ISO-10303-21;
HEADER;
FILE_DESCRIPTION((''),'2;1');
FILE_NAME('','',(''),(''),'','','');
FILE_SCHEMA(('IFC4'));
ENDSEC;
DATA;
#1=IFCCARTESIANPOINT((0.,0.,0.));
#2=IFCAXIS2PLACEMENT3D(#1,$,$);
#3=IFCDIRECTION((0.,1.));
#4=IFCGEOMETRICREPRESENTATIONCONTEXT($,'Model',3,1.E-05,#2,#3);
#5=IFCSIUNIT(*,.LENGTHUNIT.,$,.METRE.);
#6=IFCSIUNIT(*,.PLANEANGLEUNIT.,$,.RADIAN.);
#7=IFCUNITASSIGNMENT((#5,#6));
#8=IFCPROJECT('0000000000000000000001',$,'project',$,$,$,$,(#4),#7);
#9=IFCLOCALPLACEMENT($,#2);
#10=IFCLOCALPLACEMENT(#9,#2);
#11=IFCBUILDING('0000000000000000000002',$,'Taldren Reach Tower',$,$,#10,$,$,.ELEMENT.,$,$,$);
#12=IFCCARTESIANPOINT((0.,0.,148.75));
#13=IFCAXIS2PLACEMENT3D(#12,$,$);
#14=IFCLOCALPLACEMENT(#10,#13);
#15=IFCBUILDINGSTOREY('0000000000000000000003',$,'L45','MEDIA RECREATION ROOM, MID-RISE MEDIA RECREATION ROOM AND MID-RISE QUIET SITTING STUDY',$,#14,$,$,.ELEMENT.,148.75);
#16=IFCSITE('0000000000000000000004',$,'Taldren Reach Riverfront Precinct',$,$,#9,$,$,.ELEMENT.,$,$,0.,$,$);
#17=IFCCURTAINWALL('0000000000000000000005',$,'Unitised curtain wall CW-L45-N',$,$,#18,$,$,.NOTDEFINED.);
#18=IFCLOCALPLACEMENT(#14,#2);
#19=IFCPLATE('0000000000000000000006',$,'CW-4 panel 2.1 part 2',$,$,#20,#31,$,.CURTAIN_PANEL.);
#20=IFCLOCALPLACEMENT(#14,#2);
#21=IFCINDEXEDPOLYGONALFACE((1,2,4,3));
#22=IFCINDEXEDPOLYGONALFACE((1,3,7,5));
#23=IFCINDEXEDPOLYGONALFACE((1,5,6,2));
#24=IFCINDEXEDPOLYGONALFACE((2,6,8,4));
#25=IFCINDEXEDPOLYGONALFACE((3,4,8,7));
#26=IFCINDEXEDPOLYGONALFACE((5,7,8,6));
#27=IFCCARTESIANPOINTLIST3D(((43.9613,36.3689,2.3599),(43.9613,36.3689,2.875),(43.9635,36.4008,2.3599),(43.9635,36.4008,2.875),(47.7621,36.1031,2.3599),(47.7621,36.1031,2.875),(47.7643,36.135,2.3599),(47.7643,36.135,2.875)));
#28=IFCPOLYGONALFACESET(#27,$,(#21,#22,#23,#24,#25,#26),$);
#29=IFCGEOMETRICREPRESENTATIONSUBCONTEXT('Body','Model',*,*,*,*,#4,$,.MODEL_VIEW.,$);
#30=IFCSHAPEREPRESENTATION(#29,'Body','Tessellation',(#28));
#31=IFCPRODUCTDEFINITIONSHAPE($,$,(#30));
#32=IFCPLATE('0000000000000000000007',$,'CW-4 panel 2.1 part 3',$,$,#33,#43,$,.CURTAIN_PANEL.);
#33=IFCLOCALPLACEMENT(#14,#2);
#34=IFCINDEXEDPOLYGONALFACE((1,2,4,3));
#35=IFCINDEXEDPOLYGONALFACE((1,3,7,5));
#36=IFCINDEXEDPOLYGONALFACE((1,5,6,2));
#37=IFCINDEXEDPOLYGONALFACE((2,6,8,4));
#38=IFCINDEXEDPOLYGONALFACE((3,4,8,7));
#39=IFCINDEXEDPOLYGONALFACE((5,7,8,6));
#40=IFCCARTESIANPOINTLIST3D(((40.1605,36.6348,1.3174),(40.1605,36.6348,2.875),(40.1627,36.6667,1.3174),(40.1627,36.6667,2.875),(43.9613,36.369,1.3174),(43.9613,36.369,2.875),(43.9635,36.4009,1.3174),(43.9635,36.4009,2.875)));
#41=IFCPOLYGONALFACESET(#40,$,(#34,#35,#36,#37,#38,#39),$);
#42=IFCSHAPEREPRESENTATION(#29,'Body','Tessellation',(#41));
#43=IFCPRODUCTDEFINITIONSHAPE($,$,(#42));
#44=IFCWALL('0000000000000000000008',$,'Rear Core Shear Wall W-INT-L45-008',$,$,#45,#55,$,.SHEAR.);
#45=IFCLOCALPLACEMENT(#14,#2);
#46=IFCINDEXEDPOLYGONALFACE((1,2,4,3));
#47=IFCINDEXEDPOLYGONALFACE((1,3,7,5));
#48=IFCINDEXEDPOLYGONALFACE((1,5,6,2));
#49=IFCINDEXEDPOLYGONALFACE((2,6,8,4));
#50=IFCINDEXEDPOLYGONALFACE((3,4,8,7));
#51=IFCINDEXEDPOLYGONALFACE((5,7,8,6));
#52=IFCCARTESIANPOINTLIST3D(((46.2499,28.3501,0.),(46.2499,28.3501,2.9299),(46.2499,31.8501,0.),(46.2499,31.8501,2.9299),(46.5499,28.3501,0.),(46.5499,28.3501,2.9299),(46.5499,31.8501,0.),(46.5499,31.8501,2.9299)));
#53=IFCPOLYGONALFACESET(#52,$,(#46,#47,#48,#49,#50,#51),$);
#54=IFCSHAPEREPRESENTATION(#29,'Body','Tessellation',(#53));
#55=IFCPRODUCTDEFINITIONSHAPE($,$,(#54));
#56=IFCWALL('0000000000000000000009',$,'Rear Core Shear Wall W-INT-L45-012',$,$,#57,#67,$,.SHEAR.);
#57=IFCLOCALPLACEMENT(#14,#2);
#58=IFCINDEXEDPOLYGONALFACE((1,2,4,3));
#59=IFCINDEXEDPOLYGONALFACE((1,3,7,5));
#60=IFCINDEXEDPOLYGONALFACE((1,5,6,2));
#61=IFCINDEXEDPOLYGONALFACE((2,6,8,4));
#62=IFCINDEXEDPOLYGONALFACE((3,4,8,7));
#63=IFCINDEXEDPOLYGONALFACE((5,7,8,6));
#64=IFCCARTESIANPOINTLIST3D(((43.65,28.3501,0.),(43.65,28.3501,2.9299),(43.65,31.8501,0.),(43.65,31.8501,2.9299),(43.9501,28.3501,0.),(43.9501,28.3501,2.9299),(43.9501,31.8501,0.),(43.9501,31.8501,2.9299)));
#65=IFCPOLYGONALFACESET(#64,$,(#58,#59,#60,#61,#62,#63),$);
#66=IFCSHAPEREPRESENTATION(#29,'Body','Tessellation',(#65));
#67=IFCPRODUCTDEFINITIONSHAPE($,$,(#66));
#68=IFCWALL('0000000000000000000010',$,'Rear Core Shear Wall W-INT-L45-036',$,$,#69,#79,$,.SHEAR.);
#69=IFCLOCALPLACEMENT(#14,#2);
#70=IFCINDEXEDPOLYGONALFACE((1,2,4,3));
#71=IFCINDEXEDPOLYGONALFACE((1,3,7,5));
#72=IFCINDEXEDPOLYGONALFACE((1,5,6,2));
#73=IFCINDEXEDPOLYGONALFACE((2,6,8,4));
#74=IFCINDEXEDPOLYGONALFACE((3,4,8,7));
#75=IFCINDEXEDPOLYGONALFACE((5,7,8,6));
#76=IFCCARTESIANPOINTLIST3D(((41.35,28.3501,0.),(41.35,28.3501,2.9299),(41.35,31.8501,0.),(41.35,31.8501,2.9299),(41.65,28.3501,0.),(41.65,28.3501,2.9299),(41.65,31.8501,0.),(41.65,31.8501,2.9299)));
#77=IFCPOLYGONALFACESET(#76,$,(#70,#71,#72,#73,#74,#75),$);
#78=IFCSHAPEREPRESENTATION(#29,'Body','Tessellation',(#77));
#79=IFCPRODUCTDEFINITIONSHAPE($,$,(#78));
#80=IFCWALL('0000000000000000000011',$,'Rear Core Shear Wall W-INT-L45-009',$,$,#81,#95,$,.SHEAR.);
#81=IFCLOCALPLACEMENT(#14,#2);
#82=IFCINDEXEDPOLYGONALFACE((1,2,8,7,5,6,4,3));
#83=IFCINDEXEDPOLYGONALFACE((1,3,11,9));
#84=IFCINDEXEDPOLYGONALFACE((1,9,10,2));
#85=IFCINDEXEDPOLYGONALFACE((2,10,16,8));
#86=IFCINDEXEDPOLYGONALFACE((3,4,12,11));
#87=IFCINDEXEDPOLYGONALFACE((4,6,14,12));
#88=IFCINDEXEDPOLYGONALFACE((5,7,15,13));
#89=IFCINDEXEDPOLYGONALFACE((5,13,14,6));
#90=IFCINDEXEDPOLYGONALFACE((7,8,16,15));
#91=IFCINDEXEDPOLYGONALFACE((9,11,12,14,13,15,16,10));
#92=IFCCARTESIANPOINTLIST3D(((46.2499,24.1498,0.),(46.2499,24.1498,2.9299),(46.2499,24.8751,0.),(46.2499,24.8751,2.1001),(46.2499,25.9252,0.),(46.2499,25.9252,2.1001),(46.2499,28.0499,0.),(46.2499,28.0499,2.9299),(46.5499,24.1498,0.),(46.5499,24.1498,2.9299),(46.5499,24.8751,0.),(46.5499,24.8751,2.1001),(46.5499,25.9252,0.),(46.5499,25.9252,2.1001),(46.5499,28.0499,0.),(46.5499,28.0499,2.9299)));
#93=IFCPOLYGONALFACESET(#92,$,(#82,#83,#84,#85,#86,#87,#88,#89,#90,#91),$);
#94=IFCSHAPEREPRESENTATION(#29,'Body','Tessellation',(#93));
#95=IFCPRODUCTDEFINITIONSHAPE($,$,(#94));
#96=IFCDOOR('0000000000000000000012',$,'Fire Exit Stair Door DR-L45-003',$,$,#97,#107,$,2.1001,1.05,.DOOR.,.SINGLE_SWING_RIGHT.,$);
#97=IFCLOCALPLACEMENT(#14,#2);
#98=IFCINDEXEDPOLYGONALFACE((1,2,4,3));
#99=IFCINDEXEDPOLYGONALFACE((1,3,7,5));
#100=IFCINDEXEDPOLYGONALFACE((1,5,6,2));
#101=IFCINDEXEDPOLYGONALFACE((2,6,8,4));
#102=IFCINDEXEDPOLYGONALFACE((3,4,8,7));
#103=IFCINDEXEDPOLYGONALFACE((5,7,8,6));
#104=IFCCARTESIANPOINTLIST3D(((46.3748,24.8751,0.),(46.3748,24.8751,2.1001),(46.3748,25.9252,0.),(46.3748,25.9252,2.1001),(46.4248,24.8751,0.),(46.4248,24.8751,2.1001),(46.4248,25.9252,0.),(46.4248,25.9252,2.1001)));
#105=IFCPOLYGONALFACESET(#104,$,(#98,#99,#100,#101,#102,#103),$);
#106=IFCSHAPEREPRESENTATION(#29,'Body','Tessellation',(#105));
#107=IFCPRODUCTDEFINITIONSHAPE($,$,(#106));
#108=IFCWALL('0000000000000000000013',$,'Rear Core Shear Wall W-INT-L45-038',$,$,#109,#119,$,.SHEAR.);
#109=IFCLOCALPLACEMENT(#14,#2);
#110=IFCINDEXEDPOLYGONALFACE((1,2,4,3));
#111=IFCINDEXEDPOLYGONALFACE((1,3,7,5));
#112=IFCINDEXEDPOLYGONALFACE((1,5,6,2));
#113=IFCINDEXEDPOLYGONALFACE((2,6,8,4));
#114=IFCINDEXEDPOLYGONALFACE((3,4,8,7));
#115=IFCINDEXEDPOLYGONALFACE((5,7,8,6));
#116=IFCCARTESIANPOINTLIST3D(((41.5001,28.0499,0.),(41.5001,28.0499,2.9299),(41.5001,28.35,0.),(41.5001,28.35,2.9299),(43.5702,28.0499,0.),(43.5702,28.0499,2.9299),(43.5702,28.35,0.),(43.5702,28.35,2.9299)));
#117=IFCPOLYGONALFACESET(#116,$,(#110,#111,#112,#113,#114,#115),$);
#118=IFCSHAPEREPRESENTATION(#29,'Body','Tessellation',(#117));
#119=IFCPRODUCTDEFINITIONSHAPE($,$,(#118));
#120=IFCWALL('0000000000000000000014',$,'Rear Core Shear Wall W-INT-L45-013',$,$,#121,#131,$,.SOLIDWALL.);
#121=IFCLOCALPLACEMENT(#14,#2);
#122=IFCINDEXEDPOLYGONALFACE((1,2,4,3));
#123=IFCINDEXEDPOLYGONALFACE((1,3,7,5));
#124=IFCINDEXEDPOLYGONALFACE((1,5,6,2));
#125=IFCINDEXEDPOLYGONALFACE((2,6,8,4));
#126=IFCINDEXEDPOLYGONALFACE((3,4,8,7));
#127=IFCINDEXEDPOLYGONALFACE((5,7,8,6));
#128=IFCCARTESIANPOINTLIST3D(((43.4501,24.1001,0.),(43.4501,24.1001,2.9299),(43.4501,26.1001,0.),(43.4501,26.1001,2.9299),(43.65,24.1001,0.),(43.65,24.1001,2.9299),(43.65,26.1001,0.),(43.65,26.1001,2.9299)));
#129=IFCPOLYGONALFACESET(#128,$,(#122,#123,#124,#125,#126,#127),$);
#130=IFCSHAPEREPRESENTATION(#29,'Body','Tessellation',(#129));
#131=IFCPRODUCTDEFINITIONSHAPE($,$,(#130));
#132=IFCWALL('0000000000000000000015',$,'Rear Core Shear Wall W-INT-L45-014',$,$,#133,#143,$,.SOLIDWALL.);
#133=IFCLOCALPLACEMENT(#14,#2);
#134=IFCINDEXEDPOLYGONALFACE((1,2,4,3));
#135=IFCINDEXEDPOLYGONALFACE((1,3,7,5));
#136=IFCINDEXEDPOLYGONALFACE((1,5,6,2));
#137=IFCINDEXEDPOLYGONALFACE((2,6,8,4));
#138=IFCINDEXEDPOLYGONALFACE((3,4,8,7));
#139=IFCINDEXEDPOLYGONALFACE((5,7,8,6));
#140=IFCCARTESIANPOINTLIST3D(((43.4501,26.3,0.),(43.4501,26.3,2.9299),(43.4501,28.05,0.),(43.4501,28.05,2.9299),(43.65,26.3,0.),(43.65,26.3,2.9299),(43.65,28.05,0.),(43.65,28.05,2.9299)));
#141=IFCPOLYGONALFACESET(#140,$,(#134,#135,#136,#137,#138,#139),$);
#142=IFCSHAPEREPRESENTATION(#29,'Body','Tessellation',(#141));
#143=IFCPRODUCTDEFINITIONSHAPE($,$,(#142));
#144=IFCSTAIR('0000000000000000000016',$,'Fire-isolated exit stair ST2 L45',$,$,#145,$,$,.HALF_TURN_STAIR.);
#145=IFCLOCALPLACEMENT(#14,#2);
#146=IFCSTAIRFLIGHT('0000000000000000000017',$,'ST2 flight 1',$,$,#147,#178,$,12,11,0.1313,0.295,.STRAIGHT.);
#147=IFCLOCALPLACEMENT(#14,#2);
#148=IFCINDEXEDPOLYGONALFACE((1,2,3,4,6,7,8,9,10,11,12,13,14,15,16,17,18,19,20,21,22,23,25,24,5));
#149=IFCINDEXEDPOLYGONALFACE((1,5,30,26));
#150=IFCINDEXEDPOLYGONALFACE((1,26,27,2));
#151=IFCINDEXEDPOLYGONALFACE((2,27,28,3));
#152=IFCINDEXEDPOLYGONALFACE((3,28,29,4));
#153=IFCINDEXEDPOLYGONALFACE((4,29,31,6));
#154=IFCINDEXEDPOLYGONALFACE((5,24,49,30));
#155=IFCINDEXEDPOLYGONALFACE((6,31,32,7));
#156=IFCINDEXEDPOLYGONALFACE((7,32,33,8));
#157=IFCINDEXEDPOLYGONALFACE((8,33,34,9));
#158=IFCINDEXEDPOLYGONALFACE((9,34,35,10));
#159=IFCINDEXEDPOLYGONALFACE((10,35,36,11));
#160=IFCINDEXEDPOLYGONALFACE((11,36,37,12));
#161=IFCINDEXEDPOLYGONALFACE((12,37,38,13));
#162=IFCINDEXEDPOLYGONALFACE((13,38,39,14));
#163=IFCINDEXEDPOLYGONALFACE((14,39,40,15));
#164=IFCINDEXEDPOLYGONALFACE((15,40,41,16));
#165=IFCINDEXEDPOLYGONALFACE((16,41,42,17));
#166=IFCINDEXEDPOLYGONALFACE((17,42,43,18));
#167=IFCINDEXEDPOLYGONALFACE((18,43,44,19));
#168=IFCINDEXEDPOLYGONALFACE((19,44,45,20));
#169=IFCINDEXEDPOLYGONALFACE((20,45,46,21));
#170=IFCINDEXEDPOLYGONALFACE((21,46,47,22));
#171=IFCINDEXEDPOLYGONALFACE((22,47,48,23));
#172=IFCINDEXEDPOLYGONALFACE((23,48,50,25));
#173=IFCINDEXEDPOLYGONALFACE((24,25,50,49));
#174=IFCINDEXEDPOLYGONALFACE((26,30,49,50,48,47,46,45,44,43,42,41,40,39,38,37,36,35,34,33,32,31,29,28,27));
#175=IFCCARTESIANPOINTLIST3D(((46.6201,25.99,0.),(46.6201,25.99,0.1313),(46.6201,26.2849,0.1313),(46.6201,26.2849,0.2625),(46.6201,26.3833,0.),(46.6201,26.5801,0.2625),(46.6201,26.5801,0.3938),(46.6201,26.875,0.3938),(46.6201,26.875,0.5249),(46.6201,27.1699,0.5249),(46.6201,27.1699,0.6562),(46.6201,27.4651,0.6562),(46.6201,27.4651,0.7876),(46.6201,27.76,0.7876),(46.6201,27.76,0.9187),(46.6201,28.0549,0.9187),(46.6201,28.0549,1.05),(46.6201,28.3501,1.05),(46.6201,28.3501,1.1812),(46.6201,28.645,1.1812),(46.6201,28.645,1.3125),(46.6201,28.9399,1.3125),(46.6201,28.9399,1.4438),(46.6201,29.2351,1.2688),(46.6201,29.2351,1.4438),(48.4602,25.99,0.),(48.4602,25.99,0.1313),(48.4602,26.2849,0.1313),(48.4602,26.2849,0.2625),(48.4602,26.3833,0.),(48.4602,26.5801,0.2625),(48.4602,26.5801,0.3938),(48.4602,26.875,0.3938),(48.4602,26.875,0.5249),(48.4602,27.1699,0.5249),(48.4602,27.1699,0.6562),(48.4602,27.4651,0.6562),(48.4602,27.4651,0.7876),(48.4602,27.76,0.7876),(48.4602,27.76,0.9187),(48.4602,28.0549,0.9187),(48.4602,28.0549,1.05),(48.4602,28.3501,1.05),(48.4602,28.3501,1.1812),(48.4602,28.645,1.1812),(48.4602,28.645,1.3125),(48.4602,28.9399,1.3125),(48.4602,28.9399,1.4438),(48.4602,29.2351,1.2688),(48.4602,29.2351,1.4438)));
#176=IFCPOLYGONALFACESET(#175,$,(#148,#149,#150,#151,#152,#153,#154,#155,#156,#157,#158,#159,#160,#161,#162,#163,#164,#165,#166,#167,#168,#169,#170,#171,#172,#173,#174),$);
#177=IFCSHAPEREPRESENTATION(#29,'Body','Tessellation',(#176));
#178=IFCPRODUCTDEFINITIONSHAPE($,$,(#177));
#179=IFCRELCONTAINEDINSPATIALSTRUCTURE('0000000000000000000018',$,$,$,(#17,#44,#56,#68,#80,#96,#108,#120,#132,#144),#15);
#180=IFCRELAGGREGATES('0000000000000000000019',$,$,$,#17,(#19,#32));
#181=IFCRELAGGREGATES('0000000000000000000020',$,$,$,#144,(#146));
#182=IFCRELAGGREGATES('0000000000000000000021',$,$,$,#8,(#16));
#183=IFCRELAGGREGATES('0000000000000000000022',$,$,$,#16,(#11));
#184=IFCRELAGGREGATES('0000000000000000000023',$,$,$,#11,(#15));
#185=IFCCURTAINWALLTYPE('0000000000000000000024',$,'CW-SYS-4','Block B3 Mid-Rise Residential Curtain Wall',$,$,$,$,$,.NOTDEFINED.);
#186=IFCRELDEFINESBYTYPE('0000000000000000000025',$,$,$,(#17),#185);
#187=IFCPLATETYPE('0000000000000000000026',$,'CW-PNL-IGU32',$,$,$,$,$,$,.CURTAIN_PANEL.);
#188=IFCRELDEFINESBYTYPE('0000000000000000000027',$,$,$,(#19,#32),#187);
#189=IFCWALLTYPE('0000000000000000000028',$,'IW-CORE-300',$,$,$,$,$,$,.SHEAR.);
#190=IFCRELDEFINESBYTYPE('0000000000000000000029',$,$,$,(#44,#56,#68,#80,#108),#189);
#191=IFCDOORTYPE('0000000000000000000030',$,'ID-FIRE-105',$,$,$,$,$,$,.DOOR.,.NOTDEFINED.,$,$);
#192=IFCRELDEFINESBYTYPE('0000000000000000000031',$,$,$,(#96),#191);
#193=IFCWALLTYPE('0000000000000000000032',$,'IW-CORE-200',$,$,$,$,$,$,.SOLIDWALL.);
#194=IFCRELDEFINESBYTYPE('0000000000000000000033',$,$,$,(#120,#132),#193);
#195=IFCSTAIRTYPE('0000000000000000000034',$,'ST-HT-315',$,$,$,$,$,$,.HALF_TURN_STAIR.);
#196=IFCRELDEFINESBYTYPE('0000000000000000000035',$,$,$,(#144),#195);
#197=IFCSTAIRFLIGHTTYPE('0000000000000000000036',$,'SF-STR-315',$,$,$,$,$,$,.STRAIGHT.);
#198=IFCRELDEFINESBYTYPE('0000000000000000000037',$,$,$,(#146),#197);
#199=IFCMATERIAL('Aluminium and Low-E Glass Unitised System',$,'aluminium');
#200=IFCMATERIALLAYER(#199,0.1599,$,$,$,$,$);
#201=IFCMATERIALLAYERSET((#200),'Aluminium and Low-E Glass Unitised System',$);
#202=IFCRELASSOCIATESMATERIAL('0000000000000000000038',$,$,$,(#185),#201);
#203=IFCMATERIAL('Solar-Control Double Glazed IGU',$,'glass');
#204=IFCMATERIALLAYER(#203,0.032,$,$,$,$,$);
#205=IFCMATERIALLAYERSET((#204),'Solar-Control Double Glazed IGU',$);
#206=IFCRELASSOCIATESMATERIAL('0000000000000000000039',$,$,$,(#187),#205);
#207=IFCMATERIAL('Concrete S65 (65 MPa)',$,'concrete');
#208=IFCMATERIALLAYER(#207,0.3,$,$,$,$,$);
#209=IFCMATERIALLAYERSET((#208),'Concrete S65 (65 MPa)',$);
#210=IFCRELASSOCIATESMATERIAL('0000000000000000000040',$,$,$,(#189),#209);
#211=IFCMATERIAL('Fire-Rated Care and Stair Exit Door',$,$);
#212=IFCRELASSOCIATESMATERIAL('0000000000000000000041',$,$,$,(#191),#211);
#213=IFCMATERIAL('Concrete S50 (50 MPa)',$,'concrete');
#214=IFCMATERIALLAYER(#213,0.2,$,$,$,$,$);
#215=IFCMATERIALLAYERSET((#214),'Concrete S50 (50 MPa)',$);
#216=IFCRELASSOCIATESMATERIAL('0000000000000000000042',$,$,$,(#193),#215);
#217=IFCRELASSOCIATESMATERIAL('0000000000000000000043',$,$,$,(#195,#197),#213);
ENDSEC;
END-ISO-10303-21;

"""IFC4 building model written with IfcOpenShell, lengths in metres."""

from ifc_helpers import new_model, si_unit, direction, frame, frame_2d, origin, origin_2d, place, context, subcontext, project, spatial, polyline, rectangle, outline, extrude, source, transform, mapped, material, layer, layer_set, type_object, element, fill, aggregate, save


model = new_model("IFC4")

# Units and contexts
model_context = context("Model", 3, precision=1e-05, world=origin(), true_north=direction((0.0, 1.0)))
body_context = subcontext(model_context, "Body", "Model", "MODEL_VIEW")
ifc_project = project(units=[si_unit("LENGTHUNIT", "METRE"), si_unit("PLANEANGLEUNIT", "RADIAN")], contexts=[model_context])

# Site, building, storey
site_placement = place(None, origin())
site = spatial("IfcSite", under=ifc_project, at=site_placement, Name="Taldren Reach Riverfront Precinct", CompositionType="ELEMENT", RefElevation=0.0)
building_placement = place(site_placement, origin())
building = spatial("IfcBuilding", under=site, at=building_placement, Name="Taldren Reach Tower", CompositionType="ELEMENT")
storey_placement = place(building_placement, frame((0.0, 0.0, 148.75)))
storey = spatial("IfcBuildingStorey", under=building, at=storey_placement, Name="L45", Description="MEDIA RECREATION ROOM, MID-RISE MEDIA RECREATION ROOM AND MID-RISE QUIET SITTING STUDY", CompositionType="ELEMENT", Elevation=148.75)

# Curtain wall
ifc_material_1 = material(Name="Aluminium and Low-E Glass Unitised System", Category="aluminium")
ifc_layer_1 = layer(ifc_material_1, 0.1599)
ifc_layer_set_1 = layer_set([ifc_layer_1], Name="Aluminium and Low-E Glass Unitised System")
curtain_wall_type = type_object("IfcCurtainWallType", Name="CW-SYS-4", Description="Block B3 Mid-Rise Residential Curtain Wall", PredefinedType="NOTDEFINED", material=ifc_layer_set_1)
curtain_wall_placement = place(storey_placement, origin())
curtain_wall = element("IfcCurtainWall", 1, at=curtain_wall_placement, inside=storey, type_object=curtain_wall_type, Name="Unitised curtain wall CW-L45-N", PredefinedType="NOTDEFINED")

# Plates
ifc_material_2 = material(Name="Solar-Control Double Glazed IGU", Category="glass")
ifc_layer_2 = layer(ifc_material_2, 0.032)
ifc_layer_set_2 = layer_set([ifc_layer_2], Name="Solar-Control Double Glazed IGU")
plate_type_1 = type_object("IfcPlateType", Name="CW-PNL-IGU32", PredefinedType="CURTAIN_PANEL", material=ifc_layer_set_2)
shared_shape_1 = source(origin(), body_context, "Body", "SweptSolid", [
    extrude(rectangle(XDim=3.8101, YDim=0.032, at=origin_2d()), origin(), (0.0, 0.0, 1.0), 0.5151),
])
plate_1_placement = place(storey_placement, frame((45.8628, 36.252, 2.3599), z_axis=(0.0, 0.0, 1.0), x_axis=(-0.997564, 0.069757, 0.0)))
plate_1 = element("IfcPlate", 2, at=plate_1_placement, type_object=plate_type_1, Name="CW-4 panel 2.1 part 2", PredefinedType="CURTAIN_PANEL", context=body_context, shape_type="MappedRepresentation", body=[
    mapped(shared_shape_1, transform((0.0, 0.0, 0.0), scale=1.0)),
])
shared_shape_2 = source(origin(), body_context, "Body", "SweptSolid", [
    extrude(rectangle(XDim=3.8101, YDim=0.032, at=origin_2d()), origin(), (0.0, 0.0, 1.0), 1.5576),
])
plate_2_placement = place(storey_placement, frame((42.062, 36.5178, 1.3174), z_axis=(0.0, 0.0, 1.0), x_axis=(-0.997564, 0.069757, 0.0)))
plate_2 = element("IfcPlate", 3, at=plate_2_placement, type_object=plate_type_1, Name="CW-4 panel 2.1 part 3", PredefinedType="CURTAIN_PANEL", context=body_context, shape_type="MappedRepresentation", body=[
    mapped(shared_shape_2, transform((0.0, 0.0, 0.0), scale=1.0)),
])
aggregate(curtain_wall, [plate_1, plate_2])

# Walls
ifc_material_3 = material(Name="Concrete S65 (65 MPa)", Category="concrete")
ifc_layer_3 = layer(ifc_material_3, 0.3)
ifc_layer_set_3 = layer_set([ifc_layer_3], Name="Concrete S65 (65 MPa)")
wall_type_1 = type_object("IfcWallType", Name="IW-CORE-300", PredefinedType="SHEAR", material=ifc_layer_set_3)
shared_shape_3 = source(origin(), body_context, "Body", "SweptSolid", [
    extrude(rectangle(XDim=3.5, YDim=0.3, at=frame_2d((1.75, 0.0))), origin(), (0.0, 0.0, 1.0), 2.9299),
])
for number, where, z_axis, x_axis, name in (
    (4, (46.3999, 31.8501, 0.0), (0.0, 0.0, 1.0), (0.0, -1.0, 0.0), "Rear Core Shear Wall W-INT-L45-008"),
    (5, (43.8, 31.8501, 0.0), (0.0, 0.0, 1.0), (0.0, -1.0, 0.0), "Rear Core Shear Wall W-INT-L45-012"),
    (6, (41.5, 28.3501, 0.0), (0.0, 0.0, 1.0), (0.0, 1.0, 0.0), "Rear Core Shear Wall W-INT-L45-036"),
):
    element("IfcWall", number, at=place(storey_placement, frame(where, z_axis=z_axis, x_axis=x_axis)), inside=storey, type_object=wall_type_1, Name=name, PredefinedType="SHEAR", context=body_context, shape_type="MappedRepresentation", body=[
        mapped(shared_shape_3, transform((0.0, 0.0, 0.0), scale=1.0)),
    ])

# Wall, opening, door
shared_shape_4 = source(origin(), body_context, "Body", "SweptSolid", [
    extrude(rectangle(XDim=3.9001, YDim=0.3, at=frame_2d((1.9502, 0.0))), origin(), (0.0, 0.0, 1.0), 2.9299),
])
wall_1_placement = place(storey_placement, frame((46.3999, 28.05, 0.0), z_axis=(0.0, 0.0, 1.0), x_axis=(0.0, -1.0, 0.0)))
wall_1 = element("IfcWall", 7, at=wall_1_placement, inside=storey, type_object=wall_type_1, Name="Rear Core Shear Wall W-INT-L45-009", PredefinedType="SHEAR", context=body_context, shape_type="MappedRepresentation", body=[
    mapped(shared_shape_4, transform((0.0, 0.0, 0.0), scale=1.0)),
])
shared_shape_5 = source(origin(), body_context, "Body", "SweptSolid", [
    extrude(rectangle(XDim=1.05, YDim=2.1001, at=frame_2d((0.5249, 1.05))), frame((0.0, 0.1602, 0.0), z_axis=(0.0, -1.0, 0.0), x_axis=(1.0, 0.0, 0.0)), (0.0, 0.0, 1.0), 0.3201),
])
opening_1_placement = place(wall_1_placement, frame((2.125, 0.0, 0.0)))
opening_1 = element("IfcOpeningElement", 8, at=opening_1_placement, cuts=wall_1, PredefinedType="OPENING", context=body_context, shape_type="MappedRepresentation", body=[
    mapped(shared_shape_5, transform((0.0, 0.0, 0.0), scale=1.0)),
])
ifc_material_4 = material(Name="Fire-Rated Care and Stair Exit Door")
door_type_1 = type_object("IfcDoorType", Name="ID-FIRE-105", OperationType="NOTDEFINED", PredefinedType="DOOR", material=ifc_material_4)
shared_shape_6 = source(origin(), body_context, "Body", "SweptSolid", [
    extrude(rectangle(XDim=1.05, YDim=2.1001, at=frame_2d((0.5249, 1.05))), frame((0.0, 0.0249, 0.0), z_axis=(0.0, -1.0, 0.0), x_axis=(1.0, 0.0, 0.0)), (0.0, 0.0, 1.0), 0.05),
])
door_1_placement = place(opening_1_placement, origin())
door_1 = element("IfcDoor", 9, at=door_1_placement, inside=storey, type_object=door_type_1, Name="Fire Exit Stair Door DR-L45-003", OperationType="SINGLE_SWING_RIGHT", OverallHeight=2.1001, OverallWidth=1.05, PredefinedType="DOOR", context=body_context, shape_type="MappedRepresentation", body=[
    mapped(shared_shape_6, transform((0.0, 0.0, 0.0), scale=1.0)),
])
fill(opening_1, door_1)

# Walls
shared_shape_7 = source(origin(), body_context, "Body", "SweptSolid", [
    extrude(rectangle(XDim=2.0701, YDim=0.3, at=frame_2d((1.0352, 0.0))), origin(), (0.0, 0.0, 1.0), 2.9299),
])
wall_2_placement = place(storey_placement, frame((41.5, 28.2, 0.0), z_axis=(0.0, 0.0, 1.0), x_axis=(1.0, 0.0, 0.0)))
element("IfcWall", 10, at=wall_2_placement, inside=storey, type_object=wall_type_1, Name="Rear Core Shear Wall W-INT-L45-038", PredefinedType="SHEAR", context=body_context, shape_type="MappedRepresentation", body=[
    mapped(shared_shape_7, transform((0.0, 0.0, 0.0), scale=1.0)),
])
ifc_material_5 = material(Name="Concrete S50 (50 MPa)", Category="concrete")
ifc_layer_4 = layer(ifc_material_5, 0.2)
ifc_layer_set_4 = layer_set([ifc_layer_4], Name="Concrete S50 (50 MPa)")
wall_type_2 = type_object("IfcWallType", Name="IW-CORE-200", PredefinedType="SOLIDWALL", material=ifc_layer_set_4)
shared_shape_8 = source(origin(), body_context, "Body", "SweptSolid", [
    extrude(rectangle(XDim=2.0, YDim=0.2, at=frame_2d((1.0, 0.0))), origin(), (0.0, 0.0, 1.0), 2.9299),
])
wall_3_placement = place(storey_placement, frame((43.55, 26.1001, 0.0), z_axis=(0.0, 0.0, 1.0), x_axis=(0.0, -1.0, 0.0)))
element("IfcWall", 11, at=wall_3_placement, inside=storey, type_object=wall_type_2, Name="Rear Core Shear Wall W-INT-L45-013", PredefinedType="SOLIDWALL", context=body_context, shape_type="MappedRepresentation", body=[
    mapped(shared_shape_8, transform((0.0, 0.0, 0.0), scale=1.0)),
])
shared_shape_9 = source(origin(), body_context, "Body", "SweptSolid", [
    extrude(rectangle(XDim=1.75, YDim=0.2, at=frame_2d((0.875, 0.0))), origin(), (0.0, 0.0, 1.0), 2.9299),
])
wall_4_placement = place(storey_placement, frame((43.55, 28.05, 0.0), z_axis=(0.0, 0.0, 1.0), x_axis=(0.0, -1.0, 0.0)))
element("IfcWall", 12, at=wall_4_placement, inside=storey, type_object=wall_type_2, Name="Rear Core Shear Wall W-INT-L45-014", PredefinedType="SOLIDWALL", context=body_context, shape_type="MappedRepresentation", body=[
    mapped(shared_shape_9, transform((0.0, 0.0, 0.0), scale=1.0)),
])

# Stair, stair flight
stair_type = type_object("IfcStairType", Name="ST-HT-315", PredefinedType="HALF_TURN_STAIR", material=ifc_material_5)
stair_placement = place(storey_placement, origin())
stair = element("IfcStair", 13, at=stair_placement, inside=storey, type_object=stair_type, Name="Fire-isolated exit stair ST2 L45", PredefinedType="HALF_TURN_STAIR")
stair_flight_type = type_object("IfcStairFlightType", Name="SF-STR-315", PredefinedType="STRAIGHT", material=ifc_material_5)
stair_flight_placement = place(storey_placement, frame((47.54, 25.99, 0.0), z_axis=(0.0, 0.0, 1.0), x_axis=(0.0, 1.0, 0.0)))
stair_flight = element("IfcStairFlight", 14, at=stair_flight_placement, type_object=stair_flight_type, Name="ST2 flight 1", NumberOfRisers=12, NumberOfTreads=11, PredefinedType="STRAIGHT", RiserHeight=0.1313, TreadLength=0.295, context=body_context, shape_type="SweptSolid", body=[
    extrude(outline(polyline([(0.0, 0.0), (0.0, 0.1313), (0.2949, 0.1313), (0.2949, 0.2625), (0.5901, 0.2625), (0.5901, 0.3938), (0.885, 0.3938), (0.885, 0.5249), (1.1799, 0.5249), (1.1799, 0.6562), (1.4751, 0.6562), (1.4751, 0.7876), (1.77, 0.7876), (1.77, 0.9187), (2.0649, 0.9187), (2.0649, 1.05), (2.3601, 1.05), (2.3601, 1.1812), (2.655, 1.1812), (2.655, 1.3125), (2.95, 1.3125), (2.95, 1.4438), (3.2451, 1.4438), (3.2451, 1.575), (3.2451, 1.2688), (0.3933, 0.0), (0.0, 0.0)])), frame((0.0, 0.9199, 0.0), z_axis=(0.0, -1.0, 0.0), x_axis=(1.0, 0.0, 0.0)), (0.0, 0.0, 1.0), 1.8401),
])
aggregate(stair, [stair_flight])

save(model, "model.ifc")
